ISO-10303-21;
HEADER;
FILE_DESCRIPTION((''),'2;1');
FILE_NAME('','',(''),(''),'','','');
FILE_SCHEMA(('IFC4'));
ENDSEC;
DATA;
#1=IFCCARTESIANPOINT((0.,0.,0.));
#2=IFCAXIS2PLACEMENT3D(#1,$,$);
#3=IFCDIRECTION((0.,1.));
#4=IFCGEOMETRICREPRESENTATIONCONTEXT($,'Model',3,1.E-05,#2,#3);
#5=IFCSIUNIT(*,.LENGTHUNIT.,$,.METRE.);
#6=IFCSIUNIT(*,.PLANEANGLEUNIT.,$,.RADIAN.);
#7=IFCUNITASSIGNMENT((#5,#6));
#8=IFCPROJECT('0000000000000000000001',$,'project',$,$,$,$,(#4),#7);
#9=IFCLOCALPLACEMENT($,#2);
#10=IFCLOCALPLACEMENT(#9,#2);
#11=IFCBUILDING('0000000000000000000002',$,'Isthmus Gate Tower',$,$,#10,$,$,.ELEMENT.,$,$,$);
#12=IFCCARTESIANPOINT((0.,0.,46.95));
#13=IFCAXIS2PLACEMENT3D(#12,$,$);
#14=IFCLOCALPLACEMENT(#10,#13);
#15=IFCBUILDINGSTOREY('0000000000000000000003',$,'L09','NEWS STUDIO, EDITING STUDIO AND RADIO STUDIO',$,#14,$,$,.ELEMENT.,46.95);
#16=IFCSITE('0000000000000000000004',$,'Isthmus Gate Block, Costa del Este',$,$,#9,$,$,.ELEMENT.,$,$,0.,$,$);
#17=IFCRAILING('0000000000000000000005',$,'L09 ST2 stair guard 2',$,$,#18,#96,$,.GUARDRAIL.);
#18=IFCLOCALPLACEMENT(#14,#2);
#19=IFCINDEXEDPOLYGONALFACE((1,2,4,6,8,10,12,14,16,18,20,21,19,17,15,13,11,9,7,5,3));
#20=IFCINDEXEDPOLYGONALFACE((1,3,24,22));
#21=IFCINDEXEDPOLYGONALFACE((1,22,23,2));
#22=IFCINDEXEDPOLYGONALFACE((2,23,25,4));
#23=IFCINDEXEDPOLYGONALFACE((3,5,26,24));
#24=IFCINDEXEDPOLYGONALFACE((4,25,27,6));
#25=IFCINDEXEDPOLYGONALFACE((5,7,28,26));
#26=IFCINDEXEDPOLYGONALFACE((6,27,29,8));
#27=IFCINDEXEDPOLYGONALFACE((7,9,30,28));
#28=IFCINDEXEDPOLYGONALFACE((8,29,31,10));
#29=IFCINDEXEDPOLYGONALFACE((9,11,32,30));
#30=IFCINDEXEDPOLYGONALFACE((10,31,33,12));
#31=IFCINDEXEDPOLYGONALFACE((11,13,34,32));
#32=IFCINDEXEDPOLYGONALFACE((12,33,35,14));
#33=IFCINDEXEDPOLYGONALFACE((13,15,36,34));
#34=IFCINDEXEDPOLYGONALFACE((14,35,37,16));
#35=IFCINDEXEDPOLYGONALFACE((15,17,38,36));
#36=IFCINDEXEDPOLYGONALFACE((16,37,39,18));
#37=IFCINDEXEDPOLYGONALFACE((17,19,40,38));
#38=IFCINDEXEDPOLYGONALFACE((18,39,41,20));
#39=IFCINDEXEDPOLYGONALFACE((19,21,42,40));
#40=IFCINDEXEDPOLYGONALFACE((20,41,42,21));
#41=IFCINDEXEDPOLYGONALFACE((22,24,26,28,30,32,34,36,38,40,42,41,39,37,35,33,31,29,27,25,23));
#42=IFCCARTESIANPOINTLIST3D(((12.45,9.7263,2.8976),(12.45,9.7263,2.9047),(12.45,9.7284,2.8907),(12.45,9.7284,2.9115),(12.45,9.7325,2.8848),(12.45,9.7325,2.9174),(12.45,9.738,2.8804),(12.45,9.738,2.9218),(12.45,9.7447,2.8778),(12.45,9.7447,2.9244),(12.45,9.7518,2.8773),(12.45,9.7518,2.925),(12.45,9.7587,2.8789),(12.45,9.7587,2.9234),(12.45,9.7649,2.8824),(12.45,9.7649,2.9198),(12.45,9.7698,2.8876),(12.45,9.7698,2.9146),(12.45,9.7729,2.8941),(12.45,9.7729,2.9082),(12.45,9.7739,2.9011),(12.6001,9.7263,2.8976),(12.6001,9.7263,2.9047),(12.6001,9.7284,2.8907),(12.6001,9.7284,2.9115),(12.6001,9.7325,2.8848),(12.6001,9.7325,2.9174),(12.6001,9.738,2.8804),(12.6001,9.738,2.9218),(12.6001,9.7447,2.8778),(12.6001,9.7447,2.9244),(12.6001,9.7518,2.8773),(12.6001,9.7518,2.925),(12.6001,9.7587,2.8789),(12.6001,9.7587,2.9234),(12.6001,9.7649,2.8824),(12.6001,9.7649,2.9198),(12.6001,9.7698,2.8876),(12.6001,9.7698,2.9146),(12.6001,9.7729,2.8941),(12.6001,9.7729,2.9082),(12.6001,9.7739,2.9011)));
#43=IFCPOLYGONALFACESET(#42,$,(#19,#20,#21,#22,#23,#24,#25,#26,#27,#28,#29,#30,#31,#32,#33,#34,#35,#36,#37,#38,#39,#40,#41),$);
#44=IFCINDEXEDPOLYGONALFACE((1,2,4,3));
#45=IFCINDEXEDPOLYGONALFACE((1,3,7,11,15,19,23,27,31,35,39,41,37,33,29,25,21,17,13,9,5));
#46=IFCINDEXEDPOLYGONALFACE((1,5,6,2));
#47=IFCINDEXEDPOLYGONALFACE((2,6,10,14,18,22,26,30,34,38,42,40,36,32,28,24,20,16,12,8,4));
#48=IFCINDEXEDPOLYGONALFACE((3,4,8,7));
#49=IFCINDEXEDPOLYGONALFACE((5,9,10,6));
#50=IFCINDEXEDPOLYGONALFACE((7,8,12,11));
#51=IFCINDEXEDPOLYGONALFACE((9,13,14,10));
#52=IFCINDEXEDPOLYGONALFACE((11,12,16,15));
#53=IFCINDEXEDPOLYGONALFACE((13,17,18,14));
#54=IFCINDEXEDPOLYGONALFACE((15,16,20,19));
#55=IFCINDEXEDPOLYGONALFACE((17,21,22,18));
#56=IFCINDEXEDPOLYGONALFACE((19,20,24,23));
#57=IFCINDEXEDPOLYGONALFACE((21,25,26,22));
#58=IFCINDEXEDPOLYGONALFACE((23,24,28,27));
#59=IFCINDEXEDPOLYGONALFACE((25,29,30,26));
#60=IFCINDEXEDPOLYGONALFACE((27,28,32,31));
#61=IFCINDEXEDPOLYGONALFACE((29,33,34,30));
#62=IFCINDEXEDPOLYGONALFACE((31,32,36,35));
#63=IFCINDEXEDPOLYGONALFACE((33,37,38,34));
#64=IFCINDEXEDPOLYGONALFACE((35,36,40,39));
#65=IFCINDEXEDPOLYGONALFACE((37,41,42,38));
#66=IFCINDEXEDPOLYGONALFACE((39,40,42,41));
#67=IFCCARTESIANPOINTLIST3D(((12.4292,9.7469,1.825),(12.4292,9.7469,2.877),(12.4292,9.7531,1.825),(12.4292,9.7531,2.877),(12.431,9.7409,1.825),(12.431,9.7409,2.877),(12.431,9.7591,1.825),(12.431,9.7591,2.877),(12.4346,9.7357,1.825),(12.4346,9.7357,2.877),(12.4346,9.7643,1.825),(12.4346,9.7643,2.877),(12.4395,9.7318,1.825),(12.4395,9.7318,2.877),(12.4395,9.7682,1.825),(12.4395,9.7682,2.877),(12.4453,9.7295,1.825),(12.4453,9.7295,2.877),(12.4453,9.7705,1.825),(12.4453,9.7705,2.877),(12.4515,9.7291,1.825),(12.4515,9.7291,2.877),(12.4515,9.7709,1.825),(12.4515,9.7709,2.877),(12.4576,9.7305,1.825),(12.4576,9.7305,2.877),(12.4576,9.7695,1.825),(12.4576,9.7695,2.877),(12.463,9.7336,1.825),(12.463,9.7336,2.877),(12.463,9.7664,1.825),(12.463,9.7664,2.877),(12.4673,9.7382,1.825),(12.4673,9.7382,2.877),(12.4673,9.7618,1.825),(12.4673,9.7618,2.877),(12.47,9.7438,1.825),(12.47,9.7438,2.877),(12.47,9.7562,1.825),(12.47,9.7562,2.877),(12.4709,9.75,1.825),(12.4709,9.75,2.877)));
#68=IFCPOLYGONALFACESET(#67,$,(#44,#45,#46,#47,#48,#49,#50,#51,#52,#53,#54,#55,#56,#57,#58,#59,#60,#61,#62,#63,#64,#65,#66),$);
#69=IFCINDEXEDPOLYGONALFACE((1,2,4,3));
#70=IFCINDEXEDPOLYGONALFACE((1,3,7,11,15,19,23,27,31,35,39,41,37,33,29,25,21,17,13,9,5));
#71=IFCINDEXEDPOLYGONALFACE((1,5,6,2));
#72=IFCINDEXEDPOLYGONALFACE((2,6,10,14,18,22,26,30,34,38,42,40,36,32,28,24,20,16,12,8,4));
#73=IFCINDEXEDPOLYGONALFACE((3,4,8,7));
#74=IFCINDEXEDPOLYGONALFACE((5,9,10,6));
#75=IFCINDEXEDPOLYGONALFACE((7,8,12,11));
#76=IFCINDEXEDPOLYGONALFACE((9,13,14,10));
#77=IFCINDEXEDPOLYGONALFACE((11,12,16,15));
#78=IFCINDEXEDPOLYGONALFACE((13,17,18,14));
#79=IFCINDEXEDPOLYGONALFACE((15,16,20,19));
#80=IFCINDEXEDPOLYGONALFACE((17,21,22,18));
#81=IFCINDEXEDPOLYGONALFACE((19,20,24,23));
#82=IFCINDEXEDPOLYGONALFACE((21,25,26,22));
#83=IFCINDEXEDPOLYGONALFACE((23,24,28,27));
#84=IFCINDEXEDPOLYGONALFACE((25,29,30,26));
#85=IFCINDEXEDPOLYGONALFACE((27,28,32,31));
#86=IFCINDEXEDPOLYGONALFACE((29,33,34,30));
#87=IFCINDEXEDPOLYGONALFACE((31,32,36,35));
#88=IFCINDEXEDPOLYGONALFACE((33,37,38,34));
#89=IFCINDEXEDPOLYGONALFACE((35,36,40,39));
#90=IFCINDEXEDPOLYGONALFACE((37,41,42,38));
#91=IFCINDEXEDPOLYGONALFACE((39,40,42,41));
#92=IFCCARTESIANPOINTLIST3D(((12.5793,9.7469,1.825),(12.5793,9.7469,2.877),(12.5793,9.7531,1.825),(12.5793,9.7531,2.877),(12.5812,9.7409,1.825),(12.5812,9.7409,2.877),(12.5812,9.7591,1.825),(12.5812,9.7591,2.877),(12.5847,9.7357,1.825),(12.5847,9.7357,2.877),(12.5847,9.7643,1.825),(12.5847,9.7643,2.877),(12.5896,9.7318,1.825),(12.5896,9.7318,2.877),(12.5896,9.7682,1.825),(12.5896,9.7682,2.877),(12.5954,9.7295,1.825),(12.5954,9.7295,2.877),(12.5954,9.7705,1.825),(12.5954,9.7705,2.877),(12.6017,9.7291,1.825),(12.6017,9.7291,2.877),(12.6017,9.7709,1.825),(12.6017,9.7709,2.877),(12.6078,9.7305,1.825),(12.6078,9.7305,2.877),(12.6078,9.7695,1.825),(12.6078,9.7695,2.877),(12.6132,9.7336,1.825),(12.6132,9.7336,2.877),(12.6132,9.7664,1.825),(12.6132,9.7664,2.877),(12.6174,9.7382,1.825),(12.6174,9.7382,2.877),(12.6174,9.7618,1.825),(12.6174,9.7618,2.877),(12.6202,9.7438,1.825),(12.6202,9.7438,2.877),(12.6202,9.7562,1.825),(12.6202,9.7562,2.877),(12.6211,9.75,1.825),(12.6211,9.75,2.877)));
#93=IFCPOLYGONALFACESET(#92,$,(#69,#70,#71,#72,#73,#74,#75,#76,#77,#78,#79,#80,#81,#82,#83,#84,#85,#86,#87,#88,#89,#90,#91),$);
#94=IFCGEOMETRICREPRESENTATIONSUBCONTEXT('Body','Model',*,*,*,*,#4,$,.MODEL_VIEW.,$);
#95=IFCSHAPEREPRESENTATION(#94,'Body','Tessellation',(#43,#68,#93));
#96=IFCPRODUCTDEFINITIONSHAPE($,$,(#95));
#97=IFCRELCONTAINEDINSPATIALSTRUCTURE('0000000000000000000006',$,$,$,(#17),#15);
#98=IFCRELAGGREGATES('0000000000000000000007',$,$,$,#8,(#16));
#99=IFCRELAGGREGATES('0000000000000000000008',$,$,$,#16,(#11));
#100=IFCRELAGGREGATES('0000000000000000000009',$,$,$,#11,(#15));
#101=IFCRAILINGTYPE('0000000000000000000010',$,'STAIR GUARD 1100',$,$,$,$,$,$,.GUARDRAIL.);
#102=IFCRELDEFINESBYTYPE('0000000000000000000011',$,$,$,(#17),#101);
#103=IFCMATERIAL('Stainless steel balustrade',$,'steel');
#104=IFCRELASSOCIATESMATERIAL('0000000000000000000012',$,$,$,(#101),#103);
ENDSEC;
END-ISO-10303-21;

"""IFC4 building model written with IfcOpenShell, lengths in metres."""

from ifc_helpers import new_model, si_unit, direction, frame, origin, origin_2d, place, context, subcontext, project, spatial, circle, extrude, material, type_object, element, save


model = new_model("IFC4")

# Units and contexts
model_context = context("Model", 3, precision=1e-05, world=origin(), true_north=direction((0.0, 1.0)))
body_context = subcontext(model_context, "Body", "Model", "MODEL_VIEW")
ifc_project = project(units=[si_unit("LENGTHUNIT", "METRE"), si_unit("PLANEANGLEUNIT", "RADIAN")], contexts=[model_context])

# Site, building, storey
site_placement = place(None, origin())
site = spatial("IfcSite", under=ifc_project, at=site_placement, Name="Isthmus Gate Block, Costa del Este", CompositionType="ELEMENT", RefElevation=0.0)
building_placement = place(site_placement, origin())
building = spatial("IfcBuilding", under=site, at=building_placement, Name="Isthmus Gate Tower", CompositionType="ELEMENT")
storey_placement = place(building_placement, frame((0.0, 0.0, 46.95)))
storey = spatial("IfcBuildingStorey", under=building, at=storey_placement, Name="L09", Description="NEWS STUDIO, EDITING STUDIO AND RADIO STUDIO", CompositionType="ELEMENT", Elevation=46.95)

# Railing
ifc_material_1 = material(Name="Stainless steel balustrade", Category="steel")
railing_type_1 = type_object("IfcRailingType", Name="STAIR GUARD 1100", PredefinedType="GUARDRAIL", material=ifc_material_1)
railing_1_placement = place(storey_placement, frame((12.45, 9.75, 1.825)))
element("IfcRailing", 1, at=railing_1_placement, inside=storey, type_object=railing_type_1, Name="L09 ST2 stair guard 2", PredefinedType="GUARDRAIL", context=body_context, shape_type="SweptSolid", body=[
    extrude(circle(Radius=0.0239, at=origin_2d()), frame((0.0, 0.0, 1.0762), z_axis=(1.0, 0.0, 0.0), x_axis=(0.0, 1.0, 0.0)), (0.0, 0.0, 1.0), 0.1501),
    extrude(circle(Radius=0.021, at=origin_2d()), origin(), (0.0, 0.0, 1.0), 1.052),
    extrude(circle(Radius=0.021, at=origin_2d()), frame((0.1501, 0.0, 0.0)), (0.0, 0.0, 1.0), 1.052),
])

save(model, "model.ifc")
